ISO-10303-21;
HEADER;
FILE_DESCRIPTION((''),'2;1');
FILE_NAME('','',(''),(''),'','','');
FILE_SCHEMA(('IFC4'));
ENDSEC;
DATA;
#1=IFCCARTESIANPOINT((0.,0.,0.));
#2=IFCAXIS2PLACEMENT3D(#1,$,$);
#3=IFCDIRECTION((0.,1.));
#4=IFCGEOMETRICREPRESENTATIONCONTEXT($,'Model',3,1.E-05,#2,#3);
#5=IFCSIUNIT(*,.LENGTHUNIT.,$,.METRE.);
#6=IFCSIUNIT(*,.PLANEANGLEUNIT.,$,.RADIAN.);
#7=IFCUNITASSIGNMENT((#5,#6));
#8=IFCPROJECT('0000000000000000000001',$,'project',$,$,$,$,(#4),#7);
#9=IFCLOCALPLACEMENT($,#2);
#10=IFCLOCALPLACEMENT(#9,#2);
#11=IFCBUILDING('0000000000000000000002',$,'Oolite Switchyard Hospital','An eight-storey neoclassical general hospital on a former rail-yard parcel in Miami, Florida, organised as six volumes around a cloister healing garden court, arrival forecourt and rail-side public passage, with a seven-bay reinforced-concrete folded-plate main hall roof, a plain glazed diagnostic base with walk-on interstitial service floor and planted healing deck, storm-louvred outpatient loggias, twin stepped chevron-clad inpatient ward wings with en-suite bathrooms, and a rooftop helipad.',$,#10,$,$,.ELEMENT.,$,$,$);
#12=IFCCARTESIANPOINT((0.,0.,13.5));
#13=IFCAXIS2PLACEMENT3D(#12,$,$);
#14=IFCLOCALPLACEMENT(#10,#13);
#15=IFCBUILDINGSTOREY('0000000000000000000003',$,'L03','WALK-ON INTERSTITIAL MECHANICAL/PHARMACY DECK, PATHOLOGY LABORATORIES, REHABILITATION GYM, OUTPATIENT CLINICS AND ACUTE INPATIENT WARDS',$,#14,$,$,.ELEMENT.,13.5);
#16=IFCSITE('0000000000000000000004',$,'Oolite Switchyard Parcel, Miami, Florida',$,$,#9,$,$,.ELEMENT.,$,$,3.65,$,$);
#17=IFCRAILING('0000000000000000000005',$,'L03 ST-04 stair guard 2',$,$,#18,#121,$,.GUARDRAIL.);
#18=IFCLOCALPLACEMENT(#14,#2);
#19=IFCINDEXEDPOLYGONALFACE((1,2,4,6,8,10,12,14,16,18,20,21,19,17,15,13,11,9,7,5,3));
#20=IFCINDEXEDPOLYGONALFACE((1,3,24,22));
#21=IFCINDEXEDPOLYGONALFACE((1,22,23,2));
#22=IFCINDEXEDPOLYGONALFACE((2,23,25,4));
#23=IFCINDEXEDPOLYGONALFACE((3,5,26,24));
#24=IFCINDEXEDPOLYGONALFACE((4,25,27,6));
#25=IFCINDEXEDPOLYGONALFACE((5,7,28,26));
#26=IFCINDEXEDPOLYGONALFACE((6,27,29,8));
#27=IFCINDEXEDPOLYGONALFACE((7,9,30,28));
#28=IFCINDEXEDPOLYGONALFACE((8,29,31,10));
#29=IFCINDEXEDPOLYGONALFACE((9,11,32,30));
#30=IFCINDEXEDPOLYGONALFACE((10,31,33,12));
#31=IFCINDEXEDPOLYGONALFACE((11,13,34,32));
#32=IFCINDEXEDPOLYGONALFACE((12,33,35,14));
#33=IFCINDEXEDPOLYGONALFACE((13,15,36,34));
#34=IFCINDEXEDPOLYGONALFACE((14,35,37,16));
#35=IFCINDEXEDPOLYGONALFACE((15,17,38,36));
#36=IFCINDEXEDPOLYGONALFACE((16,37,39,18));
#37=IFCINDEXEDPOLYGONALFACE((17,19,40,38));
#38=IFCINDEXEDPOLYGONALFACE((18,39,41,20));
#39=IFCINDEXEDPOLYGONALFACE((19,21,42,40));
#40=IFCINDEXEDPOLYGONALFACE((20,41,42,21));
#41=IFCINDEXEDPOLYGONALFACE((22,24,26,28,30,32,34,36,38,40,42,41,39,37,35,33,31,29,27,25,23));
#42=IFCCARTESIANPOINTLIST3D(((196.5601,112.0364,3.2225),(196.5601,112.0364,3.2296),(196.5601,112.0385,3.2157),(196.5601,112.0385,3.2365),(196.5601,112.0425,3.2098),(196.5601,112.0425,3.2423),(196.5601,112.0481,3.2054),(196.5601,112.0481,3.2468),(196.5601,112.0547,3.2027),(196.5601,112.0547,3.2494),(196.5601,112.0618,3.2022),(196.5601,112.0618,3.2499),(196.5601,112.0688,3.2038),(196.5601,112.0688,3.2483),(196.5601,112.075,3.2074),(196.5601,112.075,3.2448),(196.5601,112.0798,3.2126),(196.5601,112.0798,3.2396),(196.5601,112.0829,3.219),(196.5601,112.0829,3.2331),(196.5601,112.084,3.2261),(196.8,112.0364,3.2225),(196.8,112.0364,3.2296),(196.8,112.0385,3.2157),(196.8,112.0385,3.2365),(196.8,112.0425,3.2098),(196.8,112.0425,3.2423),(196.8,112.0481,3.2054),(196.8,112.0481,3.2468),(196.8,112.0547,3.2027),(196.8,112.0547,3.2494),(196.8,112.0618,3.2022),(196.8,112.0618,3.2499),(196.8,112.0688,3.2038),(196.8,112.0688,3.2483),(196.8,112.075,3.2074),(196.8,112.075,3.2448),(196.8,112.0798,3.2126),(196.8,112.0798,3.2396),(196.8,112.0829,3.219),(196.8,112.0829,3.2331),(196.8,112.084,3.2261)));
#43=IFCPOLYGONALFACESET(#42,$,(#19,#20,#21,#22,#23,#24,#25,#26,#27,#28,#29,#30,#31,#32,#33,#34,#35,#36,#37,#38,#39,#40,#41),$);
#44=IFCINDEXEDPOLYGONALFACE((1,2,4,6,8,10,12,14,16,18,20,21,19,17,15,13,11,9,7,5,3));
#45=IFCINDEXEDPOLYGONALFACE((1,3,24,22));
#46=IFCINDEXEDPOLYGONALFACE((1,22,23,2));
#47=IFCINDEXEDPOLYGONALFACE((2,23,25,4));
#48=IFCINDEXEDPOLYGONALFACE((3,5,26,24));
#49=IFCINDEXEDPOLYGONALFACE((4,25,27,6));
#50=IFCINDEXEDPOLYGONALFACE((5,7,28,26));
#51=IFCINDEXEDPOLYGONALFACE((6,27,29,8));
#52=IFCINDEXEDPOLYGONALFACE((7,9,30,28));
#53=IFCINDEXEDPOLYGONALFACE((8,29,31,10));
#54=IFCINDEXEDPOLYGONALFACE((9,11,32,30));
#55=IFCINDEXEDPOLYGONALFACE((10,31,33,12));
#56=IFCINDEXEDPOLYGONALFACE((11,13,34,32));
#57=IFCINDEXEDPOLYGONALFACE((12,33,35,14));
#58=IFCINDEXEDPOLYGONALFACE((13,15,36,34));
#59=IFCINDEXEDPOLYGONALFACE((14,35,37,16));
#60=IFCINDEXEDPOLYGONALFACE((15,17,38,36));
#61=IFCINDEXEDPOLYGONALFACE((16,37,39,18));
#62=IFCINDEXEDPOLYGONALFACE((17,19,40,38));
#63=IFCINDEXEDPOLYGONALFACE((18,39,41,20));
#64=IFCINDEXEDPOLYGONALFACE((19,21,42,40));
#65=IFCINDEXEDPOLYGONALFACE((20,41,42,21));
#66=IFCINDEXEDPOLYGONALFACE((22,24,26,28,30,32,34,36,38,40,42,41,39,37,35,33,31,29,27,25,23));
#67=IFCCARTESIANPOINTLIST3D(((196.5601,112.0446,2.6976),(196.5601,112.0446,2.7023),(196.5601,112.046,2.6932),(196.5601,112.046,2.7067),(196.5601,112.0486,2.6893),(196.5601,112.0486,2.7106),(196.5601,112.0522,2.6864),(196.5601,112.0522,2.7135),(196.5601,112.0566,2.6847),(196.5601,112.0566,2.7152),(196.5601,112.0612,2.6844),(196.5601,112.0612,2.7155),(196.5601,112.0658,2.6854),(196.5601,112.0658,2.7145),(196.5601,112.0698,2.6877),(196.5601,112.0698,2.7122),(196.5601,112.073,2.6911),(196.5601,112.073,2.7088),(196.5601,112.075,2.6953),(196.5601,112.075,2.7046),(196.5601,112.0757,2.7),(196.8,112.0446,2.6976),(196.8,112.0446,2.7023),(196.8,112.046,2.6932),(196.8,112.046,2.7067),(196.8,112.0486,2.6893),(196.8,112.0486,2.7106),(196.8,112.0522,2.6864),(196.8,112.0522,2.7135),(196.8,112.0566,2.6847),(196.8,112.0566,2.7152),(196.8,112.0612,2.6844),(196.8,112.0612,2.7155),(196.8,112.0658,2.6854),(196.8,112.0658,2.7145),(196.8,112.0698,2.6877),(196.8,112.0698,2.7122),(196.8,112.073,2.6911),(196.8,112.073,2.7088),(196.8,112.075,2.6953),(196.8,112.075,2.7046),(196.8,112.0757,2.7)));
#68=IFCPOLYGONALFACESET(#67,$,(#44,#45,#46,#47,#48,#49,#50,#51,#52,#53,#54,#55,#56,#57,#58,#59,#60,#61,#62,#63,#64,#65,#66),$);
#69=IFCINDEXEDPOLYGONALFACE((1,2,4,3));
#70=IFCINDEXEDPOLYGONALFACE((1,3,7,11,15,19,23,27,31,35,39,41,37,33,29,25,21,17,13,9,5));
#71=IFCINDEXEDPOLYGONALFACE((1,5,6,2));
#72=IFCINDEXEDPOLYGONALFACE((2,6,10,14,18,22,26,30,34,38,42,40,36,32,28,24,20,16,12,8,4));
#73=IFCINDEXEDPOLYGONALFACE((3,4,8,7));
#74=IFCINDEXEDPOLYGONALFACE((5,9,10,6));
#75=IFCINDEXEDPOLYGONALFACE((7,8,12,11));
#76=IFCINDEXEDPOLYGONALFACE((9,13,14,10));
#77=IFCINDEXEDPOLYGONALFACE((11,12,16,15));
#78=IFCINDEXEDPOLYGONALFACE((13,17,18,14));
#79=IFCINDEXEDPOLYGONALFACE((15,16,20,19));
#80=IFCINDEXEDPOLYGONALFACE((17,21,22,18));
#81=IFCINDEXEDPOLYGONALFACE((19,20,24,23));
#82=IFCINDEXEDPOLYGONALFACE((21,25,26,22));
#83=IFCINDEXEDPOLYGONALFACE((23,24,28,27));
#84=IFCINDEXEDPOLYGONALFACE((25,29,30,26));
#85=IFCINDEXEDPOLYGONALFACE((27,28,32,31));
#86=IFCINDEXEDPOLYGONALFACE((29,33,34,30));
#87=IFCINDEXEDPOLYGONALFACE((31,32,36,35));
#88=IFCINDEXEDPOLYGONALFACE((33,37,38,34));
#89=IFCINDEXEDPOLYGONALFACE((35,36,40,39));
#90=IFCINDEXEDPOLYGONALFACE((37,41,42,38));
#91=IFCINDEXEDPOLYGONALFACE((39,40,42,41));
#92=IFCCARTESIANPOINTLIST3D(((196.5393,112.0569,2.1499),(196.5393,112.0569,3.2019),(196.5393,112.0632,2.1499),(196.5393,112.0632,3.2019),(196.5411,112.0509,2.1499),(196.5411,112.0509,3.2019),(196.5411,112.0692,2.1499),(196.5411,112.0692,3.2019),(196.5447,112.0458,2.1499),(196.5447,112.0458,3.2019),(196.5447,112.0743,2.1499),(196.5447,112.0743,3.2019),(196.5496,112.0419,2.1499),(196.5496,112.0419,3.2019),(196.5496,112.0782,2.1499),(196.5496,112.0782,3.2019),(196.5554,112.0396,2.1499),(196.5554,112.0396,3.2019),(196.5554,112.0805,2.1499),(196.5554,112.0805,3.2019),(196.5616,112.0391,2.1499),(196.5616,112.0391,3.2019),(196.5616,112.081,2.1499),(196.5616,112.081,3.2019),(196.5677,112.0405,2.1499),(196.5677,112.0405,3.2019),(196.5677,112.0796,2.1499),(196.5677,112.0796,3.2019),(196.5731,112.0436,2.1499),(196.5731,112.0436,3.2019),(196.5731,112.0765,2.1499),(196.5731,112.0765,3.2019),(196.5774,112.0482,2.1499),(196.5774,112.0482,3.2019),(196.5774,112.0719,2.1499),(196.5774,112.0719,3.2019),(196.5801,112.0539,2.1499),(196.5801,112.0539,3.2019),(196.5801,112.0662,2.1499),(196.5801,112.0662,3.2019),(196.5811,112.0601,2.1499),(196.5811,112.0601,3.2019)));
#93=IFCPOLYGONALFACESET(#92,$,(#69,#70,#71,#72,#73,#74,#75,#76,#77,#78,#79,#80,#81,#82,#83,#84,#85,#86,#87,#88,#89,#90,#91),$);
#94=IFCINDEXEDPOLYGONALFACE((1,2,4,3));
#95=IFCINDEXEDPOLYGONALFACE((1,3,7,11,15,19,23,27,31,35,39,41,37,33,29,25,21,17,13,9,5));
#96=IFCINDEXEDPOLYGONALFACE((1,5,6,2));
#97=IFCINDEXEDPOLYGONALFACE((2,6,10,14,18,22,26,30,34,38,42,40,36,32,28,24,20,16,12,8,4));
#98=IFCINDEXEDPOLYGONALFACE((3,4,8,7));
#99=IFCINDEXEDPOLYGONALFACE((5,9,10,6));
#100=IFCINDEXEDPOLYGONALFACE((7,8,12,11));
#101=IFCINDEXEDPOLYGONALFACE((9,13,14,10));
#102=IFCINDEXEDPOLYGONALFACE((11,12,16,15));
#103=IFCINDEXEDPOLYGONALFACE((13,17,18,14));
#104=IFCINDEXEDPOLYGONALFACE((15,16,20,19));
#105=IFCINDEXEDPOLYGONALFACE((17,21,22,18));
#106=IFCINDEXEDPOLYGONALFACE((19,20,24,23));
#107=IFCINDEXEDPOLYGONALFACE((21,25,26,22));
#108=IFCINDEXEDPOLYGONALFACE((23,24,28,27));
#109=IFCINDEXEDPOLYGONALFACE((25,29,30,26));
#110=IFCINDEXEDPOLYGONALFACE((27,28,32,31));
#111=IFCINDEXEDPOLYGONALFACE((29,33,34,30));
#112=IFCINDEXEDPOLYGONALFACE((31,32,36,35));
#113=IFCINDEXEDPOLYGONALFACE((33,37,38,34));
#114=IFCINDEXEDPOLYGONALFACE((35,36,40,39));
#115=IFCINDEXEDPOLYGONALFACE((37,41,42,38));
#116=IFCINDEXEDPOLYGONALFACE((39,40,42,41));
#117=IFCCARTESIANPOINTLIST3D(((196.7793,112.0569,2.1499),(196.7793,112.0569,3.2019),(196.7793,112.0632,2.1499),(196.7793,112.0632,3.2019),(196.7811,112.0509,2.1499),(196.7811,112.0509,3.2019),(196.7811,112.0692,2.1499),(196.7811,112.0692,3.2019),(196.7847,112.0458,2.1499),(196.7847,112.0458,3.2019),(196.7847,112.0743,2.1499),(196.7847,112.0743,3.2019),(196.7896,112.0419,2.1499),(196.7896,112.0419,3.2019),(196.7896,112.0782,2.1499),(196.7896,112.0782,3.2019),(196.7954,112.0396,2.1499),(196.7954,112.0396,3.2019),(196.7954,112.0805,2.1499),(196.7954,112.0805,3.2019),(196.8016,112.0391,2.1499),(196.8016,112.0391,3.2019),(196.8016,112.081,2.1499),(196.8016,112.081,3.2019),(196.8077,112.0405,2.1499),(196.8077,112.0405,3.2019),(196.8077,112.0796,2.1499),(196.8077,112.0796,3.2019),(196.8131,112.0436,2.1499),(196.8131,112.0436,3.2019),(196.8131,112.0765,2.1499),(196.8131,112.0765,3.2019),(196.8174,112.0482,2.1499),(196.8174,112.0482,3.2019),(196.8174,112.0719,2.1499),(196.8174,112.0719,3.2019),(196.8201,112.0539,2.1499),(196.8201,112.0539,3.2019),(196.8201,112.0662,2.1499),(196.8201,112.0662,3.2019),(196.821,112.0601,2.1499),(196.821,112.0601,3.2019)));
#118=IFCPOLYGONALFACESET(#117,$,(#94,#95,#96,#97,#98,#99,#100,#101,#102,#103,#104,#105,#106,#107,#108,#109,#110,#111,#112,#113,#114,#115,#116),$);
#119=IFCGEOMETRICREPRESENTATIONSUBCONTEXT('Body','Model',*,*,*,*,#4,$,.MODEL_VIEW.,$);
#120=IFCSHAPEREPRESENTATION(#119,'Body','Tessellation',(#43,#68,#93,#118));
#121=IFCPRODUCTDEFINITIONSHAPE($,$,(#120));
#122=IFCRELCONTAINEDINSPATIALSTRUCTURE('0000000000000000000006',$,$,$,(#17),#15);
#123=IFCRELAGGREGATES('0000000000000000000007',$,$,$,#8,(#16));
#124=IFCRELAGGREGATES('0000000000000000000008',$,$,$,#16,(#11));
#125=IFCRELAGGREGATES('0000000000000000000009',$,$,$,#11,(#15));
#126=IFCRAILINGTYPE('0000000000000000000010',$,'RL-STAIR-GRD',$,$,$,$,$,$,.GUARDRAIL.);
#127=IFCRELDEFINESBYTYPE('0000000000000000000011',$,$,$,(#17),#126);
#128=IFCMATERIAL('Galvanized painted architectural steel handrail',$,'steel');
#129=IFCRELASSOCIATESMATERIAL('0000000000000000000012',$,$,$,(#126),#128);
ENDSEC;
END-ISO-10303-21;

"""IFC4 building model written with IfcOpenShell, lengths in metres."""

from ifc_helpers import new_model, si_unit, direction, frame, origin, origin_2d, place, context, subcontext, project, spatial, circle, extrude, material, type_object, element, save


model = new_model("IFC4")

# Units and contexts
model_context = context("Model", 3, precision=1e-05, world=origin(), true_north=direction((0.0, 1.0)))
body_context = subcontext(model_context, "Body", "Model", "MODEL_VIEW")
ifc_project = project(units=[si_unit("LENGTHUNIT", "METRE"), si_unit("PLANEANGLEUNIT", "RADIAN")], contexts=[model_context])

# Site, building, storey
site_placement = place(None, origin())
site = spatial("IfcSite", under=ifc_project, at=site_placement, Name="Oolite Switchyard Parcel, Miami, Florida", CompositionType="ELEMENT", RefElevation=3.65)
building_placement = place(site_placement, origin())
building = spatial("IfcBuilding", under=site, at=building_placement, Name="Oolite Switchyard Hospital", Description="An eight-storey neoclassical general hospital on a former rail-yard parcel in Miami, Florida, organised as six volumes around a cloister healing garden court, arrival forecourt and rail-side public passage, with a seven-bay reinforced-concrete folded-plate main hall roof, a plain glazed diagnostic base with walk-on interstitial service floor and planted healing deck, storm-louvred outpatient loggias, twin stepped chevron-clad inpatient ward wings with en-suite bathrooms, and a rooftop helipad.", CompositionType="ELEMENT")
storey_placement = place(building_placement, frame((0.0, 0.0, 13.5)))
storey = spatial("IfcBuildingStorey", under=building, at=storey_placement, Name="L03", Description="WALK-ON INTERSTITIAL MECHANICAL/PHARMACY DECK, PATHOLOGY LABORATORIES, REHABILITATION GYM, OUTPATIENT CLINICS AND ACUTE INPATIENT WARDS", CompositionType="ELEMENT", Elevation=13.5)

# Railing
ifc_material_1 = material(Name="Galvanized painted architectural steel handrail", Category="steel")
railing_type_1 = type_object("IfcRailingType", Name="RL-STAIR-GRD", PredefinedType="GUARDRAIL", material=ifc_material_1)
railing_1_placement = place(storey_placement, frame((196.5601, 112.0601, 2.1499)))
element("IfcRailing", 1, at=railing_1_placement, inside=storey, type_object=railing_type_1, Name="L03 ST-04 stair guard 2", PredefinedType="GUARDRAIL", context=body_context, shape_type="SweptSolid", body=[
    extrude(circle(Radius=0.0239, at=origin_2d()), frame((0.0, 0.0, 1.0762), z_axis=(1.0, 0.0, 0.0), x_axis=(0.0, 1.0, 0.0)), (0.0, 0.0, 1.0), 0.24),
    extrude(circle(Radius=0.0156, at=origin_2d()), frame((0.0, 0.0, 0.55), z_axis=(1.0, 0.0, 0.0), x_axis=(0.0, 1.0, 0.0)), (0.0, 0.0, 1.0), 0.24),
    extrude(circle(Radius=0.021, at=origin_2d()), origin(), (0.0, 0.0, 1.0), 1.052),
    extrude(circle(Radius=0.021, at=origin_2d()), frame((0.24, 0.0, 0.0)), (0.0, 0.0, 1.0), 1.052),
])

save(model, "model.ifc")
